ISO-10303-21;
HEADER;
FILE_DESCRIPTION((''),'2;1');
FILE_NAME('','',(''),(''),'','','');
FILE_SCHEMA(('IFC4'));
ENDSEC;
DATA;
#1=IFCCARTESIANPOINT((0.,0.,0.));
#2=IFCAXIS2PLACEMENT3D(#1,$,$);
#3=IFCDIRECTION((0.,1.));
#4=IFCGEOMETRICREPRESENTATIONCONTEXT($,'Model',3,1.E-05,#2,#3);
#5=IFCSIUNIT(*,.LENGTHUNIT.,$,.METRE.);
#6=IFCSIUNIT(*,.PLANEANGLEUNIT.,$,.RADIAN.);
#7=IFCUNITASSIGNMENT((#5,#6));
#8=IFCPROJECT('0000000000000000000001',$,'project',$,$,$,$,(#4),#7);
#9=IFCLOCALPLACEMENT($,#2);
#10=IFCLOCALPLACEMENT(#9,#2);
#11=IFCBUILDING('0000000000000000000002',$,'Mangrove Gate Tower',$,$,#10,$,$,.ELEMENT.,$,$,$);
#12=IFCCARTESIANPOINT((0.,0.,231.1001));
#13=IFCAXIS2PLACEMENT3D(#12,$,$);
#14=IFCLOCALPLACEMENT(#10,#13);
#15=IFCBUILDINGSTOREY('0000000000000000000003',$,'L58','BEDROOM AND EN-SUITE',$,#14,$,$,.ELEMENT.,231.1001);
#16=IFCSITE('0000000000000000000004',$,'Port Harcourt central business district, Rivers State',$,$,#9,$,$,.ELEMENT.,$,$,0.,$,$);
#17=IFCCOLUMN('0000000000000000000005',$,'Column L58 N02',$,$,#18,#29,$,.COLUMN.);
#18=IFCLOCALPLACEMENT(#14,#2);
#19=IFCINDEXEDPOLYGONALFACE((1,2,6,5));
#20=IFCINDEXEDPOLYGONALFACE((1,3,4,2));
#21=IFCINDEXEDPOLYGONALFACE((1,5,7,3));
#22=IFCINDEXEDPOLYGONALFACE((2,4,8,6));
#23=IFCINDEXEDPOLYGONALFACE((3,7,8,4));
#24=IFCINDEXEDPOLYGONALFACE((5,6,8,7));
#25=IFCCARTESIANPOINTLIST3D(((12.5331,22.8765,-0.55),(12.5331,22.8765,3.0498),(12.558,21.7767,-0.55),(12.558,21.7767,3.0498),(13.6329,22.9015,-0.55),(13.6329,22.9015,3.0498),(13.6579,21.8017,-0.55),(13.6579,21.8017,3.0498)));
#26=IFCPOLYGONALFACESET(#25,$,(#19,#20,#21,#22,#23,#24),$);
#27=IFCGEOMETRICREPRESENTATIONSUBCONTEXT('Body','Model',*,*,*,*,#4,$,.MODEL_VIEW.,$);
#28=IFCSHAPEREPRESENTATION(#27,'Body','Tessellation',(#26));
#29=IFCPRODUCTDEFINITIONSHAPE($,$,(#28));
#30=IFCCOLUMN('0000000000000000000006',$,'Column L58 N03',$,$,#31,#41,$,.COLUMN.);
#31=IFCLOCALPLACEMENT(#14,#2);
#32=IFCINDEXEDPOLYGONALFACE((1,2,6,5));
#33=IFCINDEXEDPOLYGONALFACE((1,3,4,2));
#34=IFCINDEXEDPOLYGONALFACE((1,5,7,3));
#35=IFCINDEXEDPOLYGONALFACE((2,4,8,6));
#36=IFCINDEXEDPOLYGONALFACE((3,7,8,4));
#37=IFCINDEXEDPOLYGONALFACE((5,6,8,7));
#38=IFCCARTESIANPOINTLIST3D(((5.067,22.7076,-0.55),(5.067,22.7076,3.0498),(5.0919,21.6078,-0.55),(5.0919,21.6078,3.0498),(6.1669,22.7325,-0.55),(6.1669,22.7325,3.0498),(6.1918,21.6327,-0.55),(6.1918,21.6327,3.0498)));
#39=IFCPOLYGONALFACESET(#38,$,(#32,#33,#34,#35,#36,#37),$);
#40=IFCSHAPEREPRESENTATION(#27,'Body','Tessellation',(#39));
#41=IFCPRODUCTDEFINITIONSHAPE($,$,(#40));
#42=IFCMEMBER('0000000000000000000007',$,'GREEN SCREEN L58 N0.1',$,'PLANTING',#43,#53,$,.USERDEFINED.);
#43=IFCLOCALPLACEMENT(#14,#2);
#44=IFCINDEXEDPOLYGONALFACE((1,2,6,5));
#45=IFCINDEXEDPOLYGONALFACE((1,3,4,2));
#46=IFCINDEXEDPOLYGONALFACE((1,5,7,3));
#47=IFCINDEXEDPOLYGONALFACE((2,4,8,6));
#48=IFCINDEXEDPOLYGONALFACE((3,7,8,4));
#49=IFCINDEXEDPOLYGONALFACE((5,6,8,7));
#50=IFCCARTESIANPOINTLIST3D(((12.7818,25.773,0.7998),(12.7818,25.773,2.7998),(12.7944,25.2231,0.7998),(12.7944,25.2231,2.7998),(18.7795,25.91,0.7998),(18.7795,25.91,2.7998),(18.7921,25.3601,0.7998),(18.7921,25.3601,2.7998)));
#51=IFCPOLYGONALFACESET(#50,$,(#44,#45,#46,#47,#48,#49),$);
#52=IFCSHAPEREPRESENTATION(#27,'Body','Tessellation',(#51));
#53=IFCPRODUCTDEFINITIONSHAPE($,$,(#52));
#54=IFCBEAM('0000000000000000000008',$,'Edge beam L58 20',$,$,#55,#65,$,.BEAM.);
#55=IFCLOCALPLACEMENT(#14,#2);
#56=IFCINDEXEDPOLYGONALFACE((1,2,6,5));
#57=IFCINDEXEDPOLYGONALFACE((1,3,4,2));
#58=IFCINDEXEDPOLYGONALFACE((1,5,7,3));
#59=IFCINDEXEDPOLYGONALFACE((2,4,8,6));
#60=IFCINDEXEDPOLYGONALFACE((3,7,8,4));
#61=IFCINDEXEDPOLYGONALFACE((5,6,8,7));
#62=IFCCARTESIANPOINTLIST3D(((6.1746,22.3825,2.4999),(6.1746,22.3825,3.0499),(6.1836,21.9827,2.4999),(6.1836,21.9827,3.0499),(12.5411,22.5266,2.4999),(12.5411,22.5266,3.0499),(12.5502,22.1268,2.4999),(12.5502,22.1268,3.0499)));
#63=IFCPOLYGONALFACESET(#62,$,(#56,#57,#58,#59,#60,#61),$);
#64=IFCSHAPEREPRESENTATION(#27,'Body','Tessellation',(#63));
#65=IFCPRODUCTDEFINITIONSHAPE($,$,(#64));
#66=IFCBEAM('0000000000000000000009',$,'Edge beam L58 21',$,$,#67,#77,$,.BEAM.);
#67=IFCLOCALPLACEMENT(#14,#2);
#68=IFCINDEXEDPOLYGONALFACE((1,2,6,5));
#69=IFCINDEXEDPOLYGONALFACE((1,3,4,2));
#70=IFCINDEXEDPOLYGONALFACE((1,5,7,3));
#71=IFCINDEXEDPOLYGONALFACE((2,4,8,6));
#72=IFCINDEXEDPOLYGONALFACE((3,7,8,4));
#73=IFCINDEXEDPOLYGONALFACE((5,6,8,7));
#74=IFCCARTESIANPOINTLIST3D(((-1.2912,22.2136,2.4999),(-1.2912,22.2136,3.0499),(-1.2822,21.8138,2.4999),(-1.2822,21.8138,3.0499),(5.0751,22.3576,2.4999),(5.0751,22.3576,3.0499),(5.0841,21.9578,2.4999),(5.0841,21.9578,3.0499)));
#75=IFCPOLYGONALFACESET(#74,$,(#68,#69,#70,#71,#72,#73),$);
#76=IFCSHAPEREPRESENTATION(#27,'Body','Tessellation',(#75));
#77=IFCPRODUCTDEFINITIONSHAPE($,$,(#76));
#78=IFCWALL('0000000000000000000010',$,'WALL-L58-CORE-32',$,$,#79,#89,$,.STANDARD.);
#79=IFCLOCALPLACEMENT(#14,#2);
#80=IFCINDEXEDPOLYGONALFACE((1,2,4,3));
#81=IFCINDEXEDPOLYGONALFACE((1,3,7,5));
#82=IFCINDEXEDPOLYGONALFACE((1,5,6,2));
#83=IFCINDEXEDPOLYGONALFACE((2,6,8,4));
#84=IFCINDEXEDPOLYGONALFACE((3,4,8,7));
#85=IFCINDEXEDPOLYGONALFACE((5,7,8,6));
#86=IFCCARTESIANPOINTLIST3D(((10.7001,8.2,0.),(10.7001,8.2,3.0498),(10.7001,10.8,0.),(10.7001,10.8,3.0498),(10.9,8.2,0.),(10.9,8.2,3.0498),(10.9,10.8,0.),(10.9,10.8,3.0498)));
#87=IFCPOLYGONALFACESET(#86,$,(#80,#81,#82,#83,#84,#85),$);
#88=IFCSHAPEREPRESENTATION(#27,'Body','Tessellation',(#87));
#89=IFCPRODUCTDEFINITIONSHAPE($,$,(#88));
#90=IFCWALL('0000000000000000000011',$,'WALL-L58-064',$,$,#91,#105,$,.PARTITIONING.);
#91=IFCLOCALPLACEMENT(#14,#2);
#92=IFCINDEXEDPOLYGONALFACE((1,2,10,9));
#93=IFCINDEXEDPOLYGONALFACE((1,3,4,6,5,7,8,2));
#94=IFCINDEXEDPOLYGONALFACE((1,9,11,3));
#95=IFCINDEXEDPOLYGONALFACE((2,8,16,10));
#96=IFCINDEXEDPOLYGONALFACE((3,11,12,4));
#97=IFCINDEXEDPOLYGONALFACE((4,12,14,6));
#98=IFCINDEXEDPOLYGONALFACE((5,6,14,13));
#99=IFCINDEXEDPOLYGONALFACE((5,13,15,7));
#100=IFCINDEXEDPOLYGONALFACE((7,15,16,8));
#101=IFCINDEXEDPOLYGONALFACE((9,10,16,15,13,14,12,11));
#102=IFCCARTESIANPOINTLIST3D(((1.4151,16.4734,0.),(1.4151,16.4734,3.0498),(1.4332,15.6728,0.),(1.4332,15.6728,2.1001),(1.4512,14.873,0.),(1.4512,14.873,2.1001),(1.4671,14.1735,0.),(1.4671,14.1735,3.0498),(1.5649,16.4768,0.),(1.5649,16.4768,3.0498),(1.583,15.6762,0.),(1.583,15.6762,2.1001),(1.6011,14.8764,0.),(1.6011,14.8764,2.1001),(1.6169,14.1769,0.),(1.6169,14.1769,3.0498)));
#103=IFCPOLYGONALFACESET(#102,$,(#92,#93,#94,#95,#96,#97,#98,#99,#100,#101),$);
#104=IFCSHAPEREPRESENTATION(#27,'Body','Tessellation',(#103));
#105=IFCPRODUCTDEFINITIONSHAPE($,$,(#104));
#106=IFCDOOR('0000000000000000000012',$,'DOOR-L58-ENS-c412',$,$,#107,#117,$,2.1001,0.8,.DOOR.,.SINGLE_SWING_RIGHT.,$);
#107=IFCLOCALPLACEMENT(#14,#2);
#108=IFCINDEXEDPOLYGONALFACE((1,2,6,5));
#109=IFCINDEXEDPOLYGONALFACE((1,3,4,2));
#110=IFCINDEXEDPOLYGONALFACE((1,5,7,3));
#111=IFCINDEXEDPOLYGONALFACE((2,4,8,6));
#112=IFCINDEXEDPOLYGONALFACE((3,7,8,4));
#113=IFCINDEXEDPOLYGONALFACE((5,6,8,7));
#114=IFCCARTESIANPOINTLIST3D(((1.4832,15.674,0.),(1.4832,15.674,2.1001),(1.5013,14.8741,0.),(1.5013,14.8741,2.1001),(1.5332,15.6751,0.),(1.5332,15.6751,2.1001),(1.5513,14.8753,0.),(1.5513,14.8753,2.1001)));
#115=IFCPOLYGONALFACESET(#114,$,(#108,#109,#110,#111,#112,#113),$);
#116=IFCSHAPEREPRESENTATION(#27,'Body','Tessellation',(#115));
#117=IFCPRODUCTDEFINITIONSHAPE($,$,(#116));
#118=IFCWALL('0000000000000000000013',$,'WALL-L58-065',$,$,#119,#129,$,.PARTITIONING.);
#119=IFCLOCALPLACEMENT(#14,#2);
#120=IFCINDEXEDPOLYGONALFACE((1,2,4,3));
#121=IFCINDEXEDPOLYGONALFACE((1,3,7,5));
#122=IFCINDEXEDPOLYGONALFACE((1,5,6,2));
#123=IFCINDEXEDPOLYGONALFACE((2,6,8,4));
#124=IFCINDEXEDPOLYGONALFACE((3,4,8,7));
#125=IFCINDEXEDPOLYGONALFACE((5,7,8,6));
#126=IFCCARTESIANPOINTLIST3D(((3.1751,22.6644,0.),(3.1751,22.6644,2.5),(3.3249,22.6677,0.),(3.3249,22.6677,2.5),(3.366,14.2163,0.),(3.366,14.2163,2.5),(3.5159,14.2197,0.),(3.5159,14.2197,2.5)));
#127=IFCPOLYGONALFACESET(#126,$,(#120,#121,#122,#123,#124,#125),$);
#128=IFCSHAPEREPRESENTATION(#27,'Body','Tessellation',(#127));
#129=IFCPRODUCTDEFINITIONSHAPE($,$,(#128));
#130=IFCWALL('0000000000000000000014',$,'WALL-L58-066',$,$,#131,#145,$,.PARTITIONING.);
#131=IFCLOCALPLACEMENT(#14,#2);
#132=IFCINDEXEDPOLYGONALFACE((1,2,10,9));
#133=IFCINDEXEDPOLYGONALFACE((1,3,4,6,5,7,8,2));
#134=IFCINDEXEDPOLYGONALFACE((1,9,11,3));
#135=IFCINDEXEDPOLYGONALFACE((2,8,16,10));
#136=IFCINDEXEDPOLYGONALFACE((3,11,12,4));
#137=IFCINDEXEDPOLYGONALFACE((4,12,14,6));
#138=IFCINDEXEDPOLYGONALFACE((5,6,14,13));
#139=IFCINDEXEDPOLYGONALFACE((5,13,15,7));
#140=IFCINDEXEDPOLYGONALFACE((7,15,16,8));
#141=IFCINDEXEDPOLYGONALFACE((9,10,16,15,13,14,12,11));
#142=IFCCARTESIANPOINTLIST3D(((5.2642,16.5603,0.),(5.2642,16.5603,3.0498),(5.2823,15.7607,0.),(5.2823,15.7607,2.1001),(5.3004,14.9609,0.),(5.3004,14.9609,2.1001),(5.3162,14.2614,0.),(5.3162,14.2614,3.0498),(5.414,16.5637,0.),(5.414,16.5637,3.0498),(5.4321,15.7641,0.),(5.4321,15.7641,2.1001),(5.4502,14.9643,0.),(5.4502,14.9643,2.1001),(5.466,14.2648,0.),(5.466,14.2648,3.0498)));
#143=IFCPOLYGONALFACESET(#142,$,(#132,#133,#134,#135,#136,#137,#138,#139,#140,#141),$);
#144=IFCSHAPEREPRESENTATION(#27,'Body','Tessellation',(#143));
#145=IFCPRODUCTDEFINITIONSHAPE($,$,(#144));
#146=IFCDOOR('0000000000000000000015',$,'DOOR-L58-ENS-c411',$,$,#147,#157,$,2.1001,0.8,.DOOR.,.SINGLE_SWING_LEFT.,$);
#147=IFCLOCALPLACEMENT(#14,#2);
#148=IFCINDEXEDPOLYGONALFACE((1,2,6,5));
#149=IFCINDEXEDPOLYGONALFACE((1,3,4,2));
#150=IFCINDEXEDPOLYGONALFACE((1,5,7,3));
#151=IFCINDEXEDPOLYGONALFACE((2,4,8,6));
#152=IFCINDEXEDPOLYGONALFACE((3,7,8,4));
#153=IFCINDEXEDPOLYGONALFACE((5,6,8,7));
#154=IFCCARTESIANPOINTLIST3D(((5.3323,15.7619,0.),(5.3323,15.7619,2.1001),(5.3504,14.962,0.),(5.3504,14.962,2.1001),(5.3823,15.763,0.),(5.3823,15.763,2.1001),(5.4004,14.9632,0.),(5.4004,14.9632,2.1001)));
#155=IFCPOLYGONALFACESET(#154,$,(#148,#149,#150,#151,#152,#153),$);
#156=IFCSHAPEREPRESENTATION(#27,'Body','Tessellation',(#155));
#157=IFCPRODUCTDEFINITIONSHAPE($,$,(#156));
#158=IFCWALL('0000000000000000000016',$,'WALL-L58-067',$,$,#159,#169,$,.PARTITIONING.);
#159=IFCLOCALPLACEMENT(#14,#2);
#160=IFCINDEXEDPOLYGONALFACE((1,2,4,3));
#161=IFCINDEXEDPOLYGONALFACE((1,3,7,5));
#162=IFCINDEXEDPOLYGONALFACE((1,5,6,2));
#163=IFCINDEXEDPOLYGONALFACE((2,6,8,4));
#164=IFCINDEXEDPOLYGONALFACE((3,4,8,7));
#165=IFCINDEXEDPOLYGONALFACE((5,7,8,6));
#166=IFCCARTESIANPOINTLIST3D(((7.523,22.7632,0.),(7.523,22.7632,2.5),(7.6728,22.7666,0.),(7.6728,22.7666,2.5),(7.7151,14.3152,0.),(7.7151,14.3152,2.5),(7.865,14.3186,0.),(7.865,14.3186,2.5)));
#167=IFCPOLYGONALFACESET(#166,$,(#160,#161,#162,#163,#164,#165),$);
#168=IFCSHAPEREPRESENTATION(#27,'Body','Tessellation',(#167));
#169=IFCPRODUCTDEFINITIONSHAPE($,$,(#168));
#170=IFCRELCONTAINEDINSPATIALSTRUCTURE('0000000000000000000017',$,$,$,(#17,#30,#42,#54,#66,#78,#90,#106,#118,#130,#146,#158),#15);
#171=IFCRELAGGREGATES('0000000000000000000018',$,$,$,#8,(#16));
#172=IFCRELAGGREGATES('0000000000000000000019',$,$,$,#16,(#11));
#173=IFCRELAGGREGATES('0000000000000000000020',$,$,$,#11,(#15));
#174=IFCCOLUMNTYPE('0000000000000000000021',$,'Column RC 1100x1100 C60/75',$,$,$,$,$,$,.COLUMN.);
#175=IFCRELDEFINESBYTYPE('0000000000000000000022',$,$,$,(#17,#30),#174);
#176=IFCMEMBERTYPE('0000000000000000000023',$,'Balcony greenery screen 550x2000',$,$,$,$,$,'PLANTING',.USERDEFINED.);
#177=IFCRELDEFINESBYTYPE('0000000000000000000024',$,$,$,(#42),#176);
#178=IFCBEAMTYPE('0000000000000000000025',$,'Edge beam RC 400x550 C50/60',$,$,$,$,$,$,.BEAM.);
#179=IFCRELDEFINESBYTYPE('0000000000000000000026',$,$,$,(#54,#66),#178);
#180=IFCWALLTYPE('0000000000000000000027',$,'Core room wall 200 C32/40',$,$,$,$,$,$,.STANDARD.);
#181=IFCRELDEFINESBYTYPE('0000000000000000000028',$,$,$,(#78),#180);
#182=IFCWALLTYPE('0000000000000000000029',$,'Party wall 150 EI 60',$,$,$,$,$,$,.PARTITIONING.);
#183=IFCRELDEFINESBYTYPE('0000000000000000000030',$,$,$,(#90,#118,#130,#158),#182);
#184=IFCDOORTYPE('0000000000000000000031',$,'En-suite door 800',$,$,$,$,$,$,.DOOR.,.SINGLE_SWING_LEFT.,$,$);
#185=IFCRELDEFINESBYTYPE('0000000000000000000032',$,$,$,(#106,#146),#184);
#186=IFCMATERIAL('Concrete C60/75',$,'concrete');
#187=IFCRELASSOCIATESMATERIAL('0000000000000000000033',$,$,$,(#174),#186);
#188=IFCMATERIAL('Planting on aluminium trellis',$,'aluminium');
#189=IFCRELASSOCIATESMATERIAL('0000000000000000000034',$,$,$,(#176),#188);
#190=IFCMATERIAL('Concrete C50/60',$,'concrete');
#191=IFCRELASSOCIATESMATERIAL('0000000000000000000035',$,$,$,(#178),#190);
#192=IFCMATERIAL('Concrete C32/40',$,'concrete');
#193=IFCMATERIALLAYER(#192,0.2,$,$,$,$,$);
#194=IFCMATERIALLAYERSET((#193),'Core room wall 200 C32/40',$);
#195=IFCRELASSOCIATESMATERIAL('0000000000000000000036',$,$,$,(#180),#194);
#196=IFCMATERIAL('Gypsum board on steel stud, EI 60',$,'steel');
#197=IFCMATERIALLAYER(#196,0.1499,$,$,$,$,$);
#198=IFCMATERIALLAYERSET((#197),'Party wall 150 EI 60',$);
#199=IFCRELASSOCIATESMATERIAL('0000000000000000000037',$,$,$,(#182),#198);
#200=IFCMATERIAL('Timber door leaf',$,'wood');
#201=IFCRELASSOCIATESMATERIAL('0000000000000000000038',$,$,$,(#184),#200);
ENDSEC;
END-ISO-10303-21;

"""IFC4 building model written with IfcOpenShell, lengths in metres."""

from ifc_helpers import new_model, si_unit, direction, frame, frame_2d, origin, origin_2d, place, context, subcontext, project, spatial, rectangle, extrude, material, layer, layer_set, material_profile, profile_set, type_object, element, fill, save


model = new_model("IFC4")

# Units and contexts
model_context = context("Model", 3, precision=1e-05, world=origin(), true_north=direction((0.0, 1.0)))
body_context = subcontext(model_context, "Body", "Model", "MODEL_VIEW")
ifc_project = project(units=[si_unit("LENGTHUNIT", "METRE"), si_unit("PLANEANGLEUNIT", "RADIAN")], contexts=[model_context])

# Site, building, storey
site_placement = place(None, origin())
site = spatial("IfcSite", under=ifc_project, at=site_placement, Name="Port Harcourt central business district, Rivers State", CompositionType="ELEMENT", RefElevation=0.0)
building_placement = place(site_placement, origin())
building = spatial("IfcBuilding", under=site, at=building_placement, Name="Mangrove Gate Tower", CompositionType="ELEMENT")
storey_placement = place(building_placement, frame((0.0, 0.0, 231.1001)))
storey = spatial("IfcBuildingStorey", under=building, at=storey_placement, Name="L58", Description="BEDROOM AND EN-SUITE", CompositionType="ELEMENT", Elevation=231.1001)

# Columns
ifc_material_1 = material(Name="Concrete C60/75", Category="concrete")
ifc_material_profile_1 = material_profile(ifc_material_1, rectangle(XDim=1.1001, YDim=1.1001, at=origin_2d()))
ifc_profile_set_1 = profile_set([ifc_material_profile_1], Name="Concrete C60/75")
column_type = type_object("IfcColumnType", Name="Column RC 1100x1100 C60/75", PredefinedType="COLUMN", material=ifc_profile_set_1)
for number, where, z_axis, x_axis, name in (
    (1, (13.0955, 22.3391, -0.55), (0.0, 0.0, 1.0), (-0.999742, -0.022697, 0.0), "Column L58 N02"),
    (2, (5.6294, 22.1702, -0.55), (0.0, 0.0, 1.0), (-0.999744, -0.02263, 0.0), "Column L58 N03"),
):
    element("IfcColumn", number, at=place(storey_placement, frame(where, z_axis=z_axis, x_axis=x_axis)), inside=storey, type_object=column_type, Name=name, PredefinedType="COLUMN", context=body_context, shape_type="SweptSolid", body=[
        extrude(rectangle(XDim=1.1001, YDim=1.1001, at=origin_2d()), origin(), (0.0, 0.0, 1.0), 3.5999),
    ])

# Member
ifc_material_2 = material(Name="Planting on aluminium trellis", Category="aluminium")
ifc_material_profile_2 = material_profile(ifc_material_2, rectangle(XDim=0.55, YDim=2.0, at=origin_2d()))
ifc_profile_set_2 = profile_set([ifc_material_profile_2], Name="Planting on aluminium trellis")
member_type = type_object("IfcMemberType", Name="Balcony greenery screen 550x2000", ElementType="PLANTING", PredefinedType="USERDEFINED", material=ifc_profile_set_2)
member_placement = place(storey_placement, frame((12.7881, 25.498, 1.7998), z_axis=(0.999739, 0.02283, 0.0), x_axis=(-0.02283, 0.999739, 0.0)))
element("IfcMember", 3, at=member_placement, inside=storey, type_object=member_type, Name="GREEN SCREEN L58 N0.1", ObjectType="PLANTING", PredefinedType="USERDEFINED", context=body_context, shape_type="SweptSolid", body=[
    extrude(rectangle(XDim=0.55, YDim=2.0, at=origin_2d()), origin(), (0.0, 0.0, 1.0), 5.9993),
])

# Beams
ifc_material_3 = material(Name="Concrete C50/60", Category="concrete")
ifc_material_profile_3 = material_profile(ifc_material_3, rectangle(XDim=0.3999, YDim=0.55, at=origin_2d()))
ifc_profile_set_3 = profile_set([ifc_material_profile_3], Name="Concrete C50/60")
beam_type = type_object("IfcBeamType", Name="Edge beam RC 400x550 C50/60", PredefinedType="BEAM", material=ifc_profile_set_3)
beam_1_placement = place(storey_placement, frame((12.5457, 22.3267, 2.7749), z_axis=(-0.999744, -0.02262, 0.0), x_axis=(0.02262, -0.999744, 0.0)))
element("IfcBeam", 4, at=beam_1_placement, inside=storey, type_object=beam_type, Name="Edge beam L58 20", PredefinedType="BEAM", context=body_context, shape_type="SweptSolid", body=[
    extrude(rectangle(XDim=0.3999, YDim=0.55, at=origin_2d()), origin(), (0.0, 0.0, 1.0), 6.3682),
])
beam_2_placement = place(storey_placement, frame((5.0796, 22.1577, 2.7749), z_axis=(-0.999744, -0.02262, 0.0), x_axis=(0.02262, -0.999744, 0.0)))
element("IfcBeam", 5, at=beam_2_placement, inside=storey, type_object=beam_type, Name="Edge beam L58 21", PredefinedType="BEAM", context=body_context, shape_type="SweptSolid", body=[
    extrude(rectangle(XDim=0.3999, YDim=0.55, at=origin_2d()), origin(), (0.0, 0.0, 1.0), 6.3679),
])

# Wall
ifc_material_4 = material(Name="Concrete C32/40", Category="concrete")
ifc_layer_1 = layer(ifc_material_4, 0.2)
ifc_layer_set_1 = layer_set([ifc_layer_1], Name="Core room wall 200 C32/40")
wall_type_1 = type_object("IfcWallType", Name="Core room wall 200 C32/40", PredefinedType="STANDARD", material=ifc_layer_set_1)
wall_1_placement = place(storey_placement, frame((10.8, 8.2, 0.0), z_axis=(0.0, 0.0, 1.0), x_axis=(0.0, 1.0, 0.0)))
element("IfcWall", 6, at=wall_1_placement, inside=storey, type_object=wall_type_1, Name="WALL-L58-CORE-32", PredefinedType="STANDARD", context=body_context, shape_type="SweptSolid", body=[
    extrude(rectangle(XDim=2.6001, YDim=0.2, at=frame_2d((1.3, 0.0))), origin(), (0.0, 0.0, 1.0), 3.0498),
])

# Wall, opening, door
ifc_material_5 = material(Name="Gypsum board on steel stud, EI 60", Category="steel")
ifc_layer_2 = layer(ifc_material_5, 0.1499)
ifc_layer_set_2 = layer_set([ifc_layer_2], Name="Party wall 150 EI 60")
wall_type_2 = type_object("IfcWallType", Name="Party wall 150 EI 60", PredefinedType="PARTITIONING", material=ifc_layer_set_2)
wall_2_placement = place(storey_placement, frame((1.542, 14.175, 0.0), z_axis=(0.0, 0.0, 1.0), x_axis=(-0.022603, 0.999745, 0.0)))
wall_2 = element("IfcWall", 7, at=wall_2_placement, inside=storey, type_object=wall_type_2, Name="WALL-L58-064", PredefinedType="PARTITIONING", context=body_context, shape_type="SweptSolid", body=[
    extrude(rectangle(XDim=2.3005, YDim=0.1499, at=frame_2d((1.1504, 0.0))), origin(), (0.0, 0.0, 1.0), 3.0498),
])
opening_1_placement = place(wall_2_placement, frame((0.7, 0.0, 0.0)))
opening_1 = element("IfcOpeningElement", 8, at=opening_1_placement, cuts=wall_2, PredefinedType="OPENING", context=body_context, shape_type="SweptSolid", body=[
    extrude(rectangle(XDim=0.8, YDim=2.1001, at=frame_2d((0.3999, 1.05))), frame((0.0, 0.085, 0.0), z_axis=(0.0, -1.0, 0.0), x_axis=(1.0, 0.0, 0.0)), (0.0, 0.0, 1.0), 0.1699),
])
ifc_material_6 = material(Name="Timber door leaf", Category="wood")
door_type = type_object("IfcDoorType", Name="En-suite door 800", OperationType="SINGLE_SWING_LEFT", PredefinedType="DOOR", material=ifc_material_6)
door_1_placement = place(opening_1_placement, origin())
door_1 = element("IfcDoor", 9, at=door_1_placement, inside=storey, type_object=door_type, Name="DOOR-L58-ENS-c412", OperationType="SINGLE_SWING_RIGHT", OverallHeight=2.1001, OverallWidth=0.8, PredefinedType="DOOR", context=body_context, shape_type="SweptSolid", body=[
    extrude(rectangle(XDim=0.8, YDim=2.1001, at=frame_2d((0.3999, 1.05))), frame((0.0, 0.0249, 0.0), z_axis=(0.0, -1.0, 0.0), x_axis=(1.0, 0.0, 0.0)), (0.0, 0.0, 1.0), 0.05),
])
fill(opening_1, door_1)

# Wall
wall_3_placement = place(storey_placement, frame((3.4409, 14.218, 0.0), z_axis=(0.0, 0.0, 1.0), x_axis=(-0.022593, 0.999745, 0.0)))
element("IfcWall", 10, at=wall_3_placement, inside=storey, type_object=wall_type_2, Name="WALL-L58-065", PredefinedType="PARTITIONING", context=body_context, shape_type="SweptSolid", body=[
    extrude(rectangle(XDim=8.4502, YDim=0.1499, at=frame_2d((4.2251, 0.0))), origin(), (0.0, 0.0, 1.0), 2.5),
])

# Wall, opening, door
wall_4_placement = place(storey_placement, frame((5.3911, 14.2629, 0.0), z_axis=(0.0, 0.0, 1.0), x_axis=(-0.022613, 0.999744, 0.0)))
wall_4 = element("IfcWall", 11, at=wall_4_placement, inside=storey, type_object=wall_type_2, Name="WALL-L58-066", PredefinedType="PARTITIONING", context=body_context, shape_type="SweptSolid", body=[
    extrude(rectangle(XDim=2.2996, YDim=0.1499, at=frame_2d((1.1499, 0.0))), origin(), (0.0, 0.0, 1.0), 3.0498),
])
opening_2_placement = place(wall_4_placement, frame((0.7, 0.0, 0.0)))
opening_2 = element("IfcOpeningElement", 12, at=opening_2_placement, cuts=wall_4, PredefinedType="OPENING", context=body_context, shape_type="SweptSolid", body=[
    extrude(rectangle(XDim=0.8, YDim=2.1001, at=frame_2d((0.3999, 1.05))), frame((0.0, 0.085, 0.0), z_axis=(0.0, -1.0, 0.0), x_axis=(1.0, 0.0, 0.0)), (0.0, 0.0, 1.0), 0.1699),
])
door_2_placement = place(opening_2_placement, origin())
door_2 = element("IfcDoor", 13, at=door_2_placement, inside=storey, type_object=door_type, Name="DOOR-L58-ENS-c411", OperationType="SINGLE_SWING_LEFT", OverallHeight=2.1001, OverallWidth=0.8, PredefinedType="DOOR", context=body_context, shape_type="SweptSolid", body=[
    extrude(rectangle(XDim=0.8, YDim=2.1001, at=frame_2d((0.3999, 1.05))), frame((0.0, 0.0249, 0.0), z_axis=(0.0, -1.0, 0.0), x_axis=(1.0, 0.0, 0.0)), (0.0, 0.0, 1.0), 0.05),
])
fill(opening_2, door_2)

# Wall
wall_5_placement = place(storey_placement, frame((7.79, 14.3169, 0.0), z_axis=(0.0, 0.0, 1.0), x_axis=(-0.022738, 0.999741, 0.0)))
element("IfcWall", 14, at=wall_5_placement, inside=storey, type_object=wall_type_2, Name="WALL-L58-067", PredefinedType="PARTITIONING", context=body_context, shape_type="SweptSolid", body=[
    extrude(rectangle(XDim=8.4502, YDim=0.1499, at=frame_2d((4.2251, 0.0))), origin(), (0.0, 0.0, 1.0), 2.5),
])

save(model, "model.ifc")
